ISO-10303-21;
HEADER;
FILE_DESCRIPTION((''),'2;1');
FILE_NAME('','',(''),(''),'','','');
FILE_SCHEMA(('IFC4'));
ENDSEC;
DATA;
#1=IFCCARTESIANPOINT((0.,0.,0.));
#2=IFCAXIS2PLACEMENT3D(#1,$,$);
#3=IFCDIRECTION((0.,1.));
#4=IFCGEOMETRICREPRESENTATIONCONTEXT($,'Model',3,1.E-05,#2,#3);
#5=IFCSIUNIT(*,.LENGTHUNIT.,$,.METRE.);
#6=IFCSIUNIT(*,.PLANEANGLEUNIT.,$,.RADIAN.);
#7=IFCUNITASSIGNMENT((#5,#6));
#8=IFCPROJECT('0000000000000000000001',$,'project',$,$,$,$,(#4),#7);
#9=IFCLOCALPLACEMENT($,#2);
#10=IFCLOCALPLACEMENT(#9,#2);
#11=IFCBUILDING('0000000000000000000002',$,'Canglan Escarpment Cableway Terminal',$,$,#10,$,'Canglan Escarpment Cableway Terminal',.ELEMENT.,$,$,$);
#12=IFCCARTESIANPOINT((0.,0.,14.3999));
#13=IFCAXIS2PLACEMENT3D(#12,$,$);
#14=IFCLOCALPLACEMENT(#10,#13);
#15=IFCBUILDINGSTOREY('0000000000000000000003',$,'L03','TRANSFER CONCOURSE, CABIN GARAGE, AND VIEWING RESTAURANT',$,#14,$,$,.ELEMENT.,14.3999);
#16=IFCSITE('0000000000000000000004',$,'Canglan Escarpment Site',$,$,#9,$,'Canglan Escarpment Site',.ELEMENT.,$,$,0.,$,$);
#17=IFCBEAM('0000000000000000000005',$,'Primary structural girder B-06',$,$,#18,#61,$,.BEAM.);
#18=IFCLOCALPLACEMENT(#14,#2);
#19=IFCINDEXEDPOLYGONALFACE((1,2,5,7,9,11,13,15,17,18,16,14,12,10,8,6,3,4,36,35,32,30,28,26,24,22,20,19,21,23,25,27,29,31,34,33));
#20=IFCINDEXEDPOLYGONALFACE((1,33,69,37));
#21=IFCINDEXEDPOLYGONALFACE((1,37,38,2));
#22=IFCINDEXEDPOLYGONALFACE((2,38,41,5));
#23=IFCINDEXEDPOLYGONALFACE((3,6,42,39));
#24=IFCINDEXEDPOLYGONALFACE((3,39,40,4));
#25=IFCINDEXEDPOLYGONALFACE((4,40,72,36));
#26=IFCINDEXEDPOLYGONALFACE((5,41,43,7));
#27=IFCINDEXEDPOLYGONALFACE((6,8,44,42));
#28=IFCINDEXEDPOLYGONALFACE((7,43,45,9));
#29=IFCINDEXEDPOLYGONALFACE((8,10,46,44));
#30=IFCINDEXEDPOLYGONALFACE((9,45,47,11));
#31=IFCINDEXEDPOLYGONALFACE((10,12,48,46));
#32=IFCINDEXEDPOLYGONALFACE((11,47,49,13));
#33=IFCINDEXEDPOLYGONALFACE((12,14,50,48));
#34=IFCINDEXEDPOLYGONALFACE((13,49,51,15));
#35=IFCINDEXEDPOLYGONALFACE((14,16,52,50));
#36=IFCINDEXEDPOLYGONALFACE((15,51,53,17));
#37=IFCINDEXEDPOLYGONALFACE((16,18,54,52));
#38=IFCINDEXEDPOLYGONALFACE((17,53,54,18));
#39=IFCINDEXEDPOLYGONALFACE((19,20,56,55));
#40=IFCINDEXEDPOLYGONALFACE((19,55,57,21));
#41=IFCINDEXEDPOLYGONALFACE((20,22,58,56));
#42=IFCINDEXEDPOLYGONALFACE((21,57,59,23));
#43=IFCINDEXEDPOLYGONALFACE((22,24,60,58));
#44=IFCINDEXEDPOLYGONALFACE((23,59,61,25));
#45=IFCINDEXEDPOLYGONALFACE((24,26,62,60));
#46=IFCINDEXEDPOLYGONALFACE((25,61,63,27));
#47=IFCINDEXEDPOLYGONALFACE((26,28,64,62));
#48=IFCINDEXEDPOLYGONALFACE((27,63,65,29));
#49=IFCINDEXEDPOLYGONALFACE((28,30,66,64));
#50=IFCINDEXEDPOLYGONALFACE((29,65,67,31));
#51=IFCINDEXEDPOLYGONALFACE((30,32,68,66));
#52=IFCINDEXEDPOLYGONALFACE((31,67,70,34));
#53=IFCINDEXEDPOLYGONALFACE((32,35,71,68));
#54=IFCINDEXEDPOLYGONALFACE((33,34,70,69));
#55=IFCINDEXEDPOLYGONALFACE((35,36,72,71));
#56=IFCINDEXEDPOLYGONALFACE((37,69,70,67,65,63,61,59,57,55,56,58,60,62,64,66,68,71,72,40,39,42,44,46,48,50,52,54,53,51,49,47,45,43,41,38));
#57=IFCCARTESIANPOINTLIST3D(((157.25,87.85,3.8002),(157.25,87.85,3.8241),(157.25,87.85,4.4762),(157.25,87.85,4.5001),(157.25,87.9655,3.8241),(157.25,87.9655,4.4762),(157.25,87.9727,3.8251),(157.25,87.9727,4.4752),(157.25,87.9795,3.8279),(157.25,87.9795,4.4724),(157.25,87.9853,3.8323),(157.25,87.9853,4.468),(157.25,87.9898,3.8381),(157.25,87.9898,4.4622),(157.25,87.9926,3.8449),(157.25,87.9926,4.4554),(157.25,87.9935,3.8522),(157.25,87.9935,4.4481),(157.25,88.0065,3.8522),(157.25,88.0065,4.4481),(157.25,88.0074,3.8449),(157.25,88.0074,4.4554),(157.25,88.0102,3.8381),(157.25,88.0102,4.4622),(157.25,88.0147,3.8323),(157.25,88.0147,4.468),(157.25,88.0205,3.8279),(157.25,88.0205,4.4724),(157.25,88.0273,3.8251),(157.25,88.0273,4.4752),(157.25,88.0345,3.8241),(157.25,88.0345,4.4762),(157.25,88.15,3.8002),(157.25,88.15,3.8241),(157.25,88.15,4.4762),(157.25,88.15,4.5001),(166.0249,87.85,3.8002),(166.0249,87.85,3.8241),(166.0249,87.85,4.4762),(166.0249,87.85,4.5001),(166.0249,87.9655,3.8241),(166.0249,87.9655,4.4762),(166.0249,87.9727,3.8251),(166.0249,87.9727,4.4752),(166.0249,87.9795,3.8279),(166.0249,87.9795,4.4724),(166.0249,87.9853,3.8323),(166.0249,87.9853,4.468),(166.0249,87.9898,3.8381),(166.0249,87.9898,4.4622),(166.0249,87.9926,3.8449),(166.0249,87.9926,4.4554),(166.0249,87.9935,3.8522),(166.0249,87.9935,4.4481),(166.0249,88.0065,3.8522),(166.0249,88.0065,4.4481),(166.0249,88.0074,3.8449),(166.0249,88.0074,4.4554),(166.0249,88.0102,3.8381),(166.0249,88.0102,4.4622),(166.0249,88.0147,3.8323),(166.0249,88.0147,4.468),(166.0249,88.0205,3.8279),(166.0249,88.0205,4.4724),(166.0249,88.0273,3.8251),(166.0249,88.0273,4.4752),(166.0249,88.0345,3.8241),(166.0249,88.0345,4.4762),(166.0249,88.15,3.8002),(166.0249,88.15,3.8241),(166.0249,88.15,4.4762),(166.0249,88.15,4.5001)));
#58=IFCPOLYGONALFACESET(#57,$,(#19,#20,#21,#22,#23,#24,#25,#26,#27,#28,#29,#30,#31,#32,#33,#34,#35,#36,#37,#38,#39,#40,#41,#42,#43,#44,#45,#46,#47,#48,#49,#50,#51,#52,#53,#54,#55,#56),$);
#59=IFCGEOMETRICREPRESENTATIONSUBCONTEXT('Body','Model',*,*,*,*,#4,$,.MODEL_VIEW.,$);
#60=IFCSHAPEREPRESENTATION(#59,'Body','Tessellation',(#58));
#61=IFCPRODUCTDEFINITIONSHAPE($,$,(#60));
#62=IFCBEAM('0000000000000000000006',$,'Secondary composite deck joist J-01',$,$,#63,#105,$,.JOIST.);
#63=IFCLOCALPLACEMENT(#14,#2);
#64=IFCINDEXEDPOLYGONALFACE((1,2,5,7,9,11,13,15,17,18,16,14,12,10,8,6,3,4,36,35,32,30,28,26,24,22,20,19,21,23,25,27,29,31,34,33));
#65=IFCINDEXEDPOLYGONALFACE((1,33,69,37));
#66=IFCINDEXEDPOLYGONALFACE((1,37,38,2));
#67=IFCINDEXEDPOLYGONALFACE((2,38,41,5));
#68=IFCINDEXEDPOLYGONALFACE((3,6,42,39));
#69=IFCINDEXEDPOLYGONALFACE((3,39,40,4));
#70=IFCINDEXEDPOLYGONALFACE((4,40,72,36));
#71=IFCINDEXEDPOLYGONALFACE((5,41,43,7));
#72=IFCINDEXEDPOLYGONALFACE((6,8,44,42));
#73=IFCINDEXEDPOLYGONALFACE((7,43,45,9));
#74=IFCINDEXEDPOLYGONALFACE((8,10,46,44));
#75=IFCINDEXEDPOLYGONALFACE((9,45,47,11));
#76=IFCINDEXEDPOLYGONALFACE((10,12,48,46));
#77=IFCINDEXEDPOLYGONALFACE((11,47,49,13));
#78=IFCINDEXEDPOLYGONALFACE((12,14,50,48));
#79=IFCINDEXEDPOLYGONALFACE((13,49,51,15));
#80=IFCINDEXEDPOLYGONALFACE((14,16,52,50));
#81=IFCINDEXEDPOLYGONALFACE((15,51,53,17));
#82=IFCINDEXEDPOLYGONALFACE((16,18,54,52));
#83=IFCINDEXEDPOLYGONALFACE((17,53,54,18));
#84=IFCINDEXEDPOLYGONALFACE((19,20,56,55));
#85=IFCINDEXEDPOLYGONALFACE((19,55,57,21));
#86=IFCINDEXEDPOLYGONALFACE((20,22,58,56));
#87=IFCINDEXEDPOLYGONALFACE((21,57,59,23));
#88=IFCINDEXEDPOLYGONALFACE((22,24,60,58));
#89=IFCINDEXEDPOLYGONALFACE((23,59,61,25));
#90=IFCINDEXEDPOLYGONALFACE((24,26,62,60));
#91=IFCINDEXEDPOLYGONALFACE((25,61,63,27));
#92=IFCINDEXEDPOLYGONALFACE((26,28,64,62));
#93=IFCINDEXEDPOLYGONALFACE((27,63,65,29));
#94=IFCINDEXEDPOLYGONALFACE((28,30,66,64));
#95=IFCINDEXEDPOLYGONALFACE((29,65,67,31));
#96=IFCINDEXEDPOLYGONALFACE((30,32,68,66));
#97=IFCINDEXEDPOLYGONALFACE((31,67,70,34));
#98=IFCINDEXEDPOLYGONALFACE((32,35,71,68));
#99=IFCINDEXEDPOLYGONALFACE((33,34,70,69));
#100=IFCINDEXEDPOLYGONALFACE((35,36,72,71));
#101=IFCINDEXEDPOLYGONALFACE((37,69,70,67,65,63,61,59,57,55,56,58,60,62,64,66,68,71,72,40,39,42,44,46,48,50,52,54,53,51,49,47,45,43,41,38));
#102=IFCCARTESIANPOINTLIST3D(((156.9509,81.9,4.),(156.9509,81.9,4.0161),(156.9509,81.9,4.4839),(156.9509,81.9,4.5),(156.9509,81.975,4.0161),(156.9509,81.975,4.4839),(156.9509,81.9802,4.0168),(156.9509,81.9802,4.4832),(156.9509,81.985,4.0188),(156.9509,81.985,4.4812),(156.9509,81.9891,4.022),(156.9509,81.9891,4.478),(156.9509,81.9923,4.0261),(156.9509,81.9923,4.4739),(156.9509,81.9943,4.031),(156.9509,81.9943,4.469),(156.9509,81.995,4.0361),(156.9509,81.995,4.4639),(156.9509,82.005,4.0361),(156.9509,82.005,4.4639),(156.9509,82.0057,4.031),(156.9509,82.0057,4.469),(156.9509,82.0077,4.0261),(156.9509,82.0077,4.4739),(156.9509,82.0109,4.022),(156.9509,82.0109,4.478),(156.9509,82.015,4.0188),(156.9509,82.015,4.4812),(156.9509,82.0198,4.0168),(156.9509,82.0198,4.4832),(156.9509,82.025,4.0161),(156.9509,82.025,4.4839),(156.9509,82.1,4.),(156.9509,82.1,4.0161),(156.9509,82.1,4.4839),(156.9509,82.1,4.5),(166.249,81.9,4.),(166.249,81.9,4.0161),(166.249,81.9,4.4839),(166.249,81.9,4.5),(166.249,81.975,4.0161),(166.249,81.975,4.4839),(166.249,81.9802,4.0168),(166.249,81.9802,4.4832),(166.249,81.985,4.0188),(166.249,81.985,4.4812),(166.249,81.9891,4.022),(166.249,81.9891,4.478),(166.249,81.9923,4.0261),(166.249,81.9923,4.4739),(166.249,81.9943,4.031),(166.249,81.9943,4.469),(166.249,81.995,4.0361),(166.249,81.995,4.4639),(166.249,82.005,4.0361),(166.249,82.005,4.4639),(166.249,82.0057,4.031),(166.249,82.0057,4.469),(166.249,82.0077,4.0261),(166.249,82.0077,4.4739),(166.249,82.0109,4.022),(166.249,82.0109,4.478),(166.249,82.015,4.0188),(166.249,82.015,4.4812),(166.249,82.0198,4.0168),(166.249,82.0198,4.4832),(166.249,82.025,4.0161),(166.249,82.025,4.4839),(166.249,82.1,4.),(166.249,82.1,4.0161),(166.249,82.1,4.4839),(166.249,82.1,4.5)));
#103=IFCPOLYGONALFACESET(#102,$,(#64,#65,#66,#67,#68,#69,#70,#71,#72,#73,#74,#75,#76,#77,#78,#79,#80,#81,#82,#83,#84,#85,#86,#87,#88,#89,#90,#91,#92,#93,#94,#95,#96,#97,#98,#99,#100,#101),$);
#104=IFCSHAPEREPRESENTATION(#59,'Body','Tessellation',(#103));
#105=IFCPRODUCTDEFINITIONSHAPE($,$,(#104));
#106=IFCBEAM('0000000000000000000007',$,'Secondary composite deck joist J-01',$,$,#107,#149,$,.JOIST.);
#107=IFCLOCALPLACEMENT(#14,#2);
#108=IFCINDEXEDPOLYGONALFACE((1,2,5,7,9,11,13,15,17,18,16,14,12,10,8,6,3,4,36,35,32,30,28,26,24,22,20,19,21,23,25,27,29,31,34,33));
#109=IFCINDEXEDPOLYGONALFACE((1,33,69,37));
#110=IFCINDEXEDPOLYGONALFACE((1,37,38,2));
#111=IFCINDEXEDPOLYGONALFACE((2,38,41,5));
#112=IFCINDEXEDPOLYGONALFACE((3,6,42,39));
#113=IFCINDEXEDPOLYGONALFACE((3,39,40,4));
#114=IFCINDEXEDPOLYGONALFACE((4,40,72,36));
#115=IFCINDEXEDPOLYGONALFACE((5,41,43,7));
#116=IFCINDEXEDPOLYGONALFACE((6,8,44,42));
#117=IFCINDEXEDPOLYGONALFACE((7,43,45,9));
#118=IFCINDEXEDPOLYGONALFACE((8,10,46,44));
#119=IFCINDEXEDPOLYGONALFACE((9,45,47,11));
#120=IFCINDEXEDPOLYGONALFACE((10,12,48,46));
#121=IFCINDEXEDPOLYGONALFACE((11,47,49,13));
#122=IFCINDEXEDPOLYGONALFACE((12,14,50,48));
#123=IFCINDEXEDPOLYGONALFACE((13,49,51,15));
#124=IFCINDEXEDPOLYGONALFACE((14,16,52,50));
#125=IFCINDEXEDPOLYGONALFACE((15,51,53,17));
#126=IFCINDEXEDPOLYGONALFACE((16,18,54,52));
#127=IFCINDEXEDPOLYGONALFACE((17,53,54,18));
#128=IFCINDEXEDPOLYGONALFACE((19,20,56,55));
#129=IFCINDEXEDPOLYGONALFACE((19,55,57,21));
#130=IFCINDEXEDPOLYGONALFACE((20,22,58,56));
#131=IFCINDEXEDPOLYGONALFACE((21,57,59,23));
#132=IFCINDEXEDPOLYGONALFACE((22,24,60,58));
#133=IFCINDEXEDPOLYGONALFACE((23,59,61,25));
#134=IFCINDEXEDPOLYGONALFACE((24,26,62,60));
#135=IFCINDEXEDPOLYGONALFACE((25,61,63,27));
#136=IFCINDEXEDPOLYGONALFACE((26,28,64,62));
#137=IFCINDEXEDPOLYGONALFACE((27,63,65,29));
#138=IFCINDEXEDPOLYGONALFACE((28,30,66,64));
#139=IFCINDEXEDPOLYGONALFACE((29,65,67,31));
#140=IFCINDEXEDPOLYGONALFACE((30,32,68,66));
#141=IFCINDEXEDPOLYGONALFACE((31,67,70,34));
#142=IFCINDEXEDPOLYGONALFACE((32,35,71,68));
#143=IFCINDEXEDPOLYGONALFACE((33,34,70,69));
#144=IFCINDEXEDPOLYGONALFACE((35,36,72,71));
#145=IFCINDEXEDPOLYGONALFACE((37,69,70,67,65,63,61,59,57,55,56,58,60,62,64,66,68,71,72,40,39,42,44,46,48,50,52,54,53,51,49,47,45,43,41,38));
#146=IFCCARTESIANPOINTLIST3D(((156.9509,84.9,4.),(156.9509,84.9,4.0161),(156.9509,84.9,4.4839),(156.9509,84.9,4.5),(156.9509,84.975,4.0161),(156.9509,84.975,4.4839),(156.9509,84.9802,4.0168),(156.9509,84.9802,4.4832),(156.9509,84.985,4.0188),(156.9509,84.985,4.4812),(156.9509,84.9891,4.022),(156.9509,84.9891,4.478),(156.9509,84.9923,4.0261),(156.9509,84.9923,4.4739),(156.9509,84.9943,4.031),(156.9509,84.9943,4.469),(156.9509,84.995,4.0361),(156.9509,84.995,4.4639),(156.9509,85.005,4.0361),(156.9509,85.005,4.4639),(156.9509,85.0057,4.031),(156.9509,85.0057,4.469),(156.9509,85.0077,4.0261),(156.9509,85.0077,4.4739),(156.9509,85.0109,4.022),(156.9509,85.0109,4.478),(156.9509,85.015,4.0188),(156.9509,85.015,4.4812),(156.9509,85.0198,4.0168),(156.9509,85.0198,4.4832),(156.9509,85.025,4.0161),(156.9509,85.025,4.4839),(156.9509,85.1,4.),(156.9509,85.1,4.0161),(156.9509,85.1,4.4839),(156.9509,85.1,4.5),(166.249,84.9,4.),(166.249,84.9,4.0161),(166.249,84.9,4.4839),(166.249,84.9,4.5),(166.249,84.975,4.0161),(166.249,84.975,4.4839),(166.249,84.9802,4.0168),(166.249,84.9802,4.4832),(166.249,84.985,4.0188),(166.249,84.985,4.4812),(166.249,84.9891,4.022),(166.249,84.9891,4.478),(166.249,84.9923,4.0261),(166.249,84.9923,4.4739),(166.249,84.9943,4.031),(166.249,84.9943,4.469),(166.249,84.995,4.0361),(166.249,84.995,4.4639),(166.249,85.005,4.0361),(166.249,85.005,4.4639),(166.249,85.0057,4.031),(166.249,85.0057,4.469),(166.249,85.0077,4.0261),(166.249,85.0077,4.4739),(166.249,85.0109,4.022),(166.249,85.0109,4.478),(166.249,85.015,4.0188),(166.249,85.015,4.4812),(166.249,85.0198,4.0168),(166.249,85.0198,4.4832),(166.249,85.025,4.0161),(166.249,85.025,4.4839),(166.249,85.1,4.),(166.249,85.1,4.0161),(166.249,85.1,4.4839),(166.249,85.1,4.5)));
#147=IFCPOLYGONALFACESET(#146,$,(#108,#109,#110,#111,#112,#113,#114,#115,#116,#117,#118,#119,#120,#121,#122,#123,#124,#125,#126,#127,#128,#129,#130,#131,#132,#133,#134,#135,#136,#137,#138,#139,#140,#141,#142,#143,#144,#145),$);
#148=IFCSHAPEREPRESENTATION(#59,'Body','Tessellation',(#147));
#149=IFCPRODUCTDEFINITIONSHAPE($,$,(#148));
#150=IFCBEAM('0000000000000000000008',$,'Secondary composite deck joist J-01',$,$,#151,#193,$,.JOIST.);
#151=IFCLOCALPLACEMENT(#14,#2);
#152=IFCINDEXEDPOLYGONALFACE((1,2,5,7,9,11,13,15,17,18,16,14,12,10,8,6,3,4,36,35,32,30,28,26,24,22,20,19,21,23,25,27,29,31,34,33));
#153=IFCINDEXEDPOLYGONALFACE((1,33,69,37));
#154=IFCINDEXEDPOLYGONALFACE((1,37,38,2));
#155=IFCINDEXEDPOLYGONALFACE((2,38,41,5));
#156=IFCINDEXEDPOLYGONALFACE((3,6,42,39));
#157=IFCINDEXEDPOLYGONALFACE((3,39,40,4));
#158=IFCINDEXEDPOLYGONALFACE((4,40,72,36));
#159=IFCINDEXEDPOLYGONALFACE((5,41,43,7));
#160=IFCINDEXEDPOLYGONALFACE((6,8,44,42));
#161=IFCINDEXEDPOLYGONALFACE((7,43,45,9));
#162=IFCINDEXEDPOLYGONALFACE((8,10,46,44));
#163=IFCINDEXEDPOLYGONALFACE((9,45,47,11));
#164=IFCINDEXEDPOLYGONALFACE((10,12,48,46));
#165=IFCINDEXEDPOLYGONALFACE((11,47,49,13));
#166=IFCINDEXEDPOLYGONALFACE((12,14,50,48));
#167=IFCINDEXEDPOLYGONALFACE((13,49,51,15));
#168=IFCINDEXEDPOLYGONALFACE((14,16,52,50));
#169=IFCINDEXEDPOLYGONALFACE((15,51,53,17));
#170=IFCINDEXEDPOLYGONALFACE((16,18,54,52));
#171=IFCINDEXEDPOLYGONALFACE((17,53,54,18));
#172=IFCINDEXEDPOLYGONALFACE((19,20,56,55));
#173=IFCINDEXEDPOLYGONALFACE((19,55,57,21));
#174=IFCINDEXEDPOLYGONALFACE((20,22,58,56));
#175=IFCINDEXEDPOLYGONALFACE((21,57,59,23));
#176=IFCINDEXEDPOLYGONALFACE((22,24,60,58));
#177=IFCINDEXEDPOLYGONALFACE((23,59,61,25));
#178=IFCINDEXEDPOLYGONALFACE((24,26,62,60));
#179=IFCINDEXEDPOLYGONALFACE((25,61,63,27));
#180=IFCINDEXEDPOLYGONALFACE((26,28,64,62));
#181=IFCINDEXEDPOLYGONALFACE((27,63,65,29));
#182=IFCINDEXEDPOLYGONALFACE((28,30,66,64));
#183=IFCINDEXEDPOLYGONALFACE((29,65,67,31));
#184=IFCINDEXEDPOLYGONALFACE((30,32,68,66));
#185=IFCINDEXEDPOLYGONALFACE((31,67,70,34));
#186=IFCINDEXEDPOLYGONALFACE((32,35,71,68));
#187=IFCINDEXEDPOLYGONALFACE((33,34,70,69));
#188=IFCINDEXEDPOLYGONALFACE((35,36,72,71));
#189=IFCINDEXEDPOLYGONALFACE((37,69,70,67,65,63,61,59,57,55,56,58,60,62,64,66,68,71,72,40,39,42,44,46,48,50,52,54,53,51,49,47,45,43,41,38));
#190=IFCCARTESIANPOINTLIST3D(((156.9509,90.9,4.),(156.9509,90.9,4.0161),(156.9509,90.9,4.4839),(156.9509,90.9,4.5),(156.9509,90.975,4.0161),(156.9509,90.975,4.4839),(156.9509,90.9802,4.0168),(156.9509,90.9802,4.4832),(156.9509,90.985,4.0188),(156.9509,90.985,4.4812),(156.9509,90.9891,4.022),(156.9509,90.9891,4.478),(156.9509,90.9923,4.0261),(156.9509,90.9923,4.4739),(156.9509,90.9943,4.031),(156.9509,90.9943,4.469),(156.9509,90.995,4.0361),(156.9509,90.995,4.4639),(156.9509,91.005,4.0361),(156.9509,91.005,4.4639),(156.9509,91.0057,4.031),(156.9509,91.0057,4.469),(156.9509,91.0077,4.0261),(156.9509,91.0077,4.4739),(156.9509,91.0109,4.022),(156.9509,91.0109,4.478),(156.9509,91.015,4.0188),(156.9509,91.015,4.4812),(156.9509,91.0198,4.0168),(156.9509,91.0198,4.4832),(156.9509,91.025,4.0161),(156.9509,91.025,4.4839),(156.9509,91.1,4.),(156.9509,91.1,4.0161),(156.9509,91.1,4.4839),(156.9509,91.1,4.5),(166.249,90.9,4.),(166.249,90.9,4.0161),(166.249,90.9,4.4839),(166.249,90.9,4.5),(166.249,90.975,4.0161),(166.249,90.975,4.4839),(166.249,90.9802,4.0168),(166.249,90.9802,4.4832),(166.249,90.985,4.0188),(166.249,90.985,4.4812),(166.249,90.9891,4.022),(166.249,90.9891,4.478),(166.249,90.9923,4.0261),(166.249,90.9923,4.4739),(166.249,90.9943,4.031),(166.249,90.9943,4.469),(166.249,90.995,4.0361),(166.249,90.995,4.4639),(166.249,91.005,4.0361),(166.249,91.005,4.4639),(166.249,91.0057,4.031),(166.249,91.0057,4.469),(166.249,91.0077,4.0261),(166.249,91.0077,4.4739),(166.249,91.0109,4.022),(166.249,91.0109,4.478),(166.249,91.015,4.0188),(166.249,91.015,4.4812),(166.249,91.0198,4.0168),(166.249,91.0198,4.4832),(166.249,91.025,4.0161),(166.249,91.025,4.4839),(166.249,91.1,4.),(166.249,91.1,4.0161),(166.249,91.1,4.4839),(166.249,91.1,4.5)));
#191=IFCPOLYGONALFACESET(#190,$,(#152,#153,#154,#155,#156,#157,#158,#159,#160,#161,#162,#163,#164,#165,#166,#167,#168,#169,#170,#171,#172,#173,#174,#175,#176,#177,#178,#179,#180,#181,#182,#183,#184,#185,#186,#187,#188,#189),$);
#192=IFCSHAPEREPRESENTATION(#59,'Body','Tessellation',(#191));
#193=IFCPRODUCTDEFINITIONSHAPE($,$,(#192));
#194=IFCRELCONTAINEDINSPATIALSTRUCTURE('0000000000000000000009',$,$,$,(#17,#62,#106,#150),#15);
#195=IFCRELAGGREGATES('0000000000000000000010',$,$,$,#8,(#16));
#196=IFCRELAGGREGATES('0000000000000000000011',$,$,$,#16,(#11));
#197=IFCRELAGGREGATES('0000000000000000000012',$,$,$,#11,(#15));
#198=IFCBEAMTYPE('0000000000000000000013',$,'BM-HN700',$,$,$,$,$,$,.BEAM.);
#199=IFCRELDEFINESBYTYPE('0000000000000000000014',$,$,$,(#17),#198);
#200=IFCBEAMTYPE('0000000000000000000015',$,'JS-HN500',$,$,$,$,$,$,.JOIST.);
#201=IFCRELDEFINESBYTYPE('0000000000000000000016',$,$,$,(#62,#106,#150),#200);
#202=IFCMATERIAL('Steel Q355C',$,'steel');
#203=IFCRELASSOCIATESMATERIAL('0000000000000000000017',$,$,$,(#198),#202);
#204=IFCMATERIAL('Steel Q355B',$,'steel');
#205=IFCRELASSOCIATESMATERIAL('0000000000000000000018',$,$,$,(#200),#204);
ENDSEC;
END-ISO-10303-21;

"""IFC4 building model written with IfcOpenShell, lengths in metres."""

from ifc_helpers import new_model, si_unit, direction, frame, origin, origin_2d, place, context, subcontext, project, spatial, i_section, extrude, material, material_profile, profile_set, type_object, element, save


model = new_model("IFC4")

# Units and contexts
model_context = context("Model", 3, precision=1e-05, world=origin(), true_north=direction((0.0, 1.0)))
body_context = subcontext(model_context, "Body", "Model", "MODEL_VIEW")
ifc_project = project(units=[si_unit("LENGTHUNIT", "METRE"), si_unit("PLANEANGLEUNIT", "RADIAN")], contexts=[model_context])

# Site, building, storey
site_placement = place(None, origin())
site = spatial("IfcSite", under=ifc_project, at=site_placement, Name="Canglan Escarpment Site", LongName="Canglan Escarpment Site", CompositionType="ELEMENT", RefElevation=0.0)
building_placement = place(site_placement, origin())
building = spatial("IfcBuilding", under=site, at=building_placement, Name="Canglan Escarpment Cableway Terminal", LongName="Canglan Escarpment Cableway Terminal", CompositionType="ELEMENT")
storey_placement = place(building_placement, frame((0.0, 0.0, 14.3999)))
storey = spatial("IfcBuildingStorey", under=building, at=storey_placement, Name="L03", Description="TRANSFER CONCOURSE, CABIN GARAGE, AND VIEWING RESTAURANT", CompositionType="ELEMENT", Elevation=14.3999)

# Beams
ifc_material_1 = material(Name="Steel Q355C", Category="steel")
ifc_material_profile_1 = material_profile(ifc_material_1, i_section(OverallWidth=0.3, OverallDepth=0.7, WebThickness=0.0129, FlangeThickness=0.0239, FilletRadius=0.0281, at=origin_2d()), Name="HN 700x300x13x24")
ifc_profile_set_1 = profile_set([ifc_material_profile_1], Name="Steel Q355C")
beam_type_1 = type_object("IfcBeamType", Name="BM-HN700", PredefinedType="BEAM", material=ifc_profile_set_1)
beam_1_placement = place(storey_placement, frame((157.25, 88.0, 4.1501), z_axis=(1.0, 0.0, 0.0), x_axis=(0.0, 1.0, 0.0)))
element("IfcBeam", 1, at=beam_1_placement, inside=storey, type_object=beam_type_1, Name="Primary structural girder B-06", PredefinedType="BEAM", context=body_context, shape_type="SweptSolid", body=[
    extrude(i_section(OverallWidth=0.3, OverallDepth=0.7, WebThickness=0.0129, FlangeThickness=0.0239, FilletRadius=0.0281, at=origin_2d()), origin(), (0.0, 0.0, 1.0), 8.7749),
])
ifc_material_2 = material(Name="Steel Q355B", Category="steel")
ifc_material_profile_2 = material_profile(ifc_material_2, i_section(OverallWidth=0.2, OverallDepth=0.5, WebThickness=0.01, FlangeThickness=0.0161, FilletRadius=0.02, at=origin_2d()), Name="HN 500x200x10x16")
ifc_profile_set_2 = profile_set([ifc_material_profile_2], Name="Steel Q355B")
beam_type_2 = type_object("IfcBeamType", Name="JS-HN500", PredefinedType="JOIST", material=ifc_profile_set_2)
for number, where, z_axis, x_axis, name in (
    (2, (156.9509, 82.0, 4.25), (1.0, 0.0, 0.0), (0.0, 1.0, 0.0), "Secondary composite deck joist J-01"),
    (3, (156.9509, 85.0, 4.25), (1.0, 0.0, 0.0), (0.0, 1.0, 0.0), "Secondary composite deck joist J-01"),
    (4, (156.9509, 91.0, 4.25), (1.0, 0.0, 0.0), (0.0, 1.0, 0.0), "Secondary composite deck joist J-01"),
):
    element("IfcBeam", number, at=place(storey_placement, frame(where, z_axis=z_axis, x_axis=x_axis)), inside=storey, type_object=beam_type_2, Name=name, PredefinedType="JOIST", context=body_context, shape_type="SweptSolid", body=[
        extrude(i_section(OverallWidth=0.2, OverallDepth=0.5, WebThickness=0.01, FlangeThickness=0.0161, FilletRadius=0.02, at=origin_2d()), origin(), (0.0, 0.0, 1.0), 9.2981),
    ])

save(model, "model.ifc")
